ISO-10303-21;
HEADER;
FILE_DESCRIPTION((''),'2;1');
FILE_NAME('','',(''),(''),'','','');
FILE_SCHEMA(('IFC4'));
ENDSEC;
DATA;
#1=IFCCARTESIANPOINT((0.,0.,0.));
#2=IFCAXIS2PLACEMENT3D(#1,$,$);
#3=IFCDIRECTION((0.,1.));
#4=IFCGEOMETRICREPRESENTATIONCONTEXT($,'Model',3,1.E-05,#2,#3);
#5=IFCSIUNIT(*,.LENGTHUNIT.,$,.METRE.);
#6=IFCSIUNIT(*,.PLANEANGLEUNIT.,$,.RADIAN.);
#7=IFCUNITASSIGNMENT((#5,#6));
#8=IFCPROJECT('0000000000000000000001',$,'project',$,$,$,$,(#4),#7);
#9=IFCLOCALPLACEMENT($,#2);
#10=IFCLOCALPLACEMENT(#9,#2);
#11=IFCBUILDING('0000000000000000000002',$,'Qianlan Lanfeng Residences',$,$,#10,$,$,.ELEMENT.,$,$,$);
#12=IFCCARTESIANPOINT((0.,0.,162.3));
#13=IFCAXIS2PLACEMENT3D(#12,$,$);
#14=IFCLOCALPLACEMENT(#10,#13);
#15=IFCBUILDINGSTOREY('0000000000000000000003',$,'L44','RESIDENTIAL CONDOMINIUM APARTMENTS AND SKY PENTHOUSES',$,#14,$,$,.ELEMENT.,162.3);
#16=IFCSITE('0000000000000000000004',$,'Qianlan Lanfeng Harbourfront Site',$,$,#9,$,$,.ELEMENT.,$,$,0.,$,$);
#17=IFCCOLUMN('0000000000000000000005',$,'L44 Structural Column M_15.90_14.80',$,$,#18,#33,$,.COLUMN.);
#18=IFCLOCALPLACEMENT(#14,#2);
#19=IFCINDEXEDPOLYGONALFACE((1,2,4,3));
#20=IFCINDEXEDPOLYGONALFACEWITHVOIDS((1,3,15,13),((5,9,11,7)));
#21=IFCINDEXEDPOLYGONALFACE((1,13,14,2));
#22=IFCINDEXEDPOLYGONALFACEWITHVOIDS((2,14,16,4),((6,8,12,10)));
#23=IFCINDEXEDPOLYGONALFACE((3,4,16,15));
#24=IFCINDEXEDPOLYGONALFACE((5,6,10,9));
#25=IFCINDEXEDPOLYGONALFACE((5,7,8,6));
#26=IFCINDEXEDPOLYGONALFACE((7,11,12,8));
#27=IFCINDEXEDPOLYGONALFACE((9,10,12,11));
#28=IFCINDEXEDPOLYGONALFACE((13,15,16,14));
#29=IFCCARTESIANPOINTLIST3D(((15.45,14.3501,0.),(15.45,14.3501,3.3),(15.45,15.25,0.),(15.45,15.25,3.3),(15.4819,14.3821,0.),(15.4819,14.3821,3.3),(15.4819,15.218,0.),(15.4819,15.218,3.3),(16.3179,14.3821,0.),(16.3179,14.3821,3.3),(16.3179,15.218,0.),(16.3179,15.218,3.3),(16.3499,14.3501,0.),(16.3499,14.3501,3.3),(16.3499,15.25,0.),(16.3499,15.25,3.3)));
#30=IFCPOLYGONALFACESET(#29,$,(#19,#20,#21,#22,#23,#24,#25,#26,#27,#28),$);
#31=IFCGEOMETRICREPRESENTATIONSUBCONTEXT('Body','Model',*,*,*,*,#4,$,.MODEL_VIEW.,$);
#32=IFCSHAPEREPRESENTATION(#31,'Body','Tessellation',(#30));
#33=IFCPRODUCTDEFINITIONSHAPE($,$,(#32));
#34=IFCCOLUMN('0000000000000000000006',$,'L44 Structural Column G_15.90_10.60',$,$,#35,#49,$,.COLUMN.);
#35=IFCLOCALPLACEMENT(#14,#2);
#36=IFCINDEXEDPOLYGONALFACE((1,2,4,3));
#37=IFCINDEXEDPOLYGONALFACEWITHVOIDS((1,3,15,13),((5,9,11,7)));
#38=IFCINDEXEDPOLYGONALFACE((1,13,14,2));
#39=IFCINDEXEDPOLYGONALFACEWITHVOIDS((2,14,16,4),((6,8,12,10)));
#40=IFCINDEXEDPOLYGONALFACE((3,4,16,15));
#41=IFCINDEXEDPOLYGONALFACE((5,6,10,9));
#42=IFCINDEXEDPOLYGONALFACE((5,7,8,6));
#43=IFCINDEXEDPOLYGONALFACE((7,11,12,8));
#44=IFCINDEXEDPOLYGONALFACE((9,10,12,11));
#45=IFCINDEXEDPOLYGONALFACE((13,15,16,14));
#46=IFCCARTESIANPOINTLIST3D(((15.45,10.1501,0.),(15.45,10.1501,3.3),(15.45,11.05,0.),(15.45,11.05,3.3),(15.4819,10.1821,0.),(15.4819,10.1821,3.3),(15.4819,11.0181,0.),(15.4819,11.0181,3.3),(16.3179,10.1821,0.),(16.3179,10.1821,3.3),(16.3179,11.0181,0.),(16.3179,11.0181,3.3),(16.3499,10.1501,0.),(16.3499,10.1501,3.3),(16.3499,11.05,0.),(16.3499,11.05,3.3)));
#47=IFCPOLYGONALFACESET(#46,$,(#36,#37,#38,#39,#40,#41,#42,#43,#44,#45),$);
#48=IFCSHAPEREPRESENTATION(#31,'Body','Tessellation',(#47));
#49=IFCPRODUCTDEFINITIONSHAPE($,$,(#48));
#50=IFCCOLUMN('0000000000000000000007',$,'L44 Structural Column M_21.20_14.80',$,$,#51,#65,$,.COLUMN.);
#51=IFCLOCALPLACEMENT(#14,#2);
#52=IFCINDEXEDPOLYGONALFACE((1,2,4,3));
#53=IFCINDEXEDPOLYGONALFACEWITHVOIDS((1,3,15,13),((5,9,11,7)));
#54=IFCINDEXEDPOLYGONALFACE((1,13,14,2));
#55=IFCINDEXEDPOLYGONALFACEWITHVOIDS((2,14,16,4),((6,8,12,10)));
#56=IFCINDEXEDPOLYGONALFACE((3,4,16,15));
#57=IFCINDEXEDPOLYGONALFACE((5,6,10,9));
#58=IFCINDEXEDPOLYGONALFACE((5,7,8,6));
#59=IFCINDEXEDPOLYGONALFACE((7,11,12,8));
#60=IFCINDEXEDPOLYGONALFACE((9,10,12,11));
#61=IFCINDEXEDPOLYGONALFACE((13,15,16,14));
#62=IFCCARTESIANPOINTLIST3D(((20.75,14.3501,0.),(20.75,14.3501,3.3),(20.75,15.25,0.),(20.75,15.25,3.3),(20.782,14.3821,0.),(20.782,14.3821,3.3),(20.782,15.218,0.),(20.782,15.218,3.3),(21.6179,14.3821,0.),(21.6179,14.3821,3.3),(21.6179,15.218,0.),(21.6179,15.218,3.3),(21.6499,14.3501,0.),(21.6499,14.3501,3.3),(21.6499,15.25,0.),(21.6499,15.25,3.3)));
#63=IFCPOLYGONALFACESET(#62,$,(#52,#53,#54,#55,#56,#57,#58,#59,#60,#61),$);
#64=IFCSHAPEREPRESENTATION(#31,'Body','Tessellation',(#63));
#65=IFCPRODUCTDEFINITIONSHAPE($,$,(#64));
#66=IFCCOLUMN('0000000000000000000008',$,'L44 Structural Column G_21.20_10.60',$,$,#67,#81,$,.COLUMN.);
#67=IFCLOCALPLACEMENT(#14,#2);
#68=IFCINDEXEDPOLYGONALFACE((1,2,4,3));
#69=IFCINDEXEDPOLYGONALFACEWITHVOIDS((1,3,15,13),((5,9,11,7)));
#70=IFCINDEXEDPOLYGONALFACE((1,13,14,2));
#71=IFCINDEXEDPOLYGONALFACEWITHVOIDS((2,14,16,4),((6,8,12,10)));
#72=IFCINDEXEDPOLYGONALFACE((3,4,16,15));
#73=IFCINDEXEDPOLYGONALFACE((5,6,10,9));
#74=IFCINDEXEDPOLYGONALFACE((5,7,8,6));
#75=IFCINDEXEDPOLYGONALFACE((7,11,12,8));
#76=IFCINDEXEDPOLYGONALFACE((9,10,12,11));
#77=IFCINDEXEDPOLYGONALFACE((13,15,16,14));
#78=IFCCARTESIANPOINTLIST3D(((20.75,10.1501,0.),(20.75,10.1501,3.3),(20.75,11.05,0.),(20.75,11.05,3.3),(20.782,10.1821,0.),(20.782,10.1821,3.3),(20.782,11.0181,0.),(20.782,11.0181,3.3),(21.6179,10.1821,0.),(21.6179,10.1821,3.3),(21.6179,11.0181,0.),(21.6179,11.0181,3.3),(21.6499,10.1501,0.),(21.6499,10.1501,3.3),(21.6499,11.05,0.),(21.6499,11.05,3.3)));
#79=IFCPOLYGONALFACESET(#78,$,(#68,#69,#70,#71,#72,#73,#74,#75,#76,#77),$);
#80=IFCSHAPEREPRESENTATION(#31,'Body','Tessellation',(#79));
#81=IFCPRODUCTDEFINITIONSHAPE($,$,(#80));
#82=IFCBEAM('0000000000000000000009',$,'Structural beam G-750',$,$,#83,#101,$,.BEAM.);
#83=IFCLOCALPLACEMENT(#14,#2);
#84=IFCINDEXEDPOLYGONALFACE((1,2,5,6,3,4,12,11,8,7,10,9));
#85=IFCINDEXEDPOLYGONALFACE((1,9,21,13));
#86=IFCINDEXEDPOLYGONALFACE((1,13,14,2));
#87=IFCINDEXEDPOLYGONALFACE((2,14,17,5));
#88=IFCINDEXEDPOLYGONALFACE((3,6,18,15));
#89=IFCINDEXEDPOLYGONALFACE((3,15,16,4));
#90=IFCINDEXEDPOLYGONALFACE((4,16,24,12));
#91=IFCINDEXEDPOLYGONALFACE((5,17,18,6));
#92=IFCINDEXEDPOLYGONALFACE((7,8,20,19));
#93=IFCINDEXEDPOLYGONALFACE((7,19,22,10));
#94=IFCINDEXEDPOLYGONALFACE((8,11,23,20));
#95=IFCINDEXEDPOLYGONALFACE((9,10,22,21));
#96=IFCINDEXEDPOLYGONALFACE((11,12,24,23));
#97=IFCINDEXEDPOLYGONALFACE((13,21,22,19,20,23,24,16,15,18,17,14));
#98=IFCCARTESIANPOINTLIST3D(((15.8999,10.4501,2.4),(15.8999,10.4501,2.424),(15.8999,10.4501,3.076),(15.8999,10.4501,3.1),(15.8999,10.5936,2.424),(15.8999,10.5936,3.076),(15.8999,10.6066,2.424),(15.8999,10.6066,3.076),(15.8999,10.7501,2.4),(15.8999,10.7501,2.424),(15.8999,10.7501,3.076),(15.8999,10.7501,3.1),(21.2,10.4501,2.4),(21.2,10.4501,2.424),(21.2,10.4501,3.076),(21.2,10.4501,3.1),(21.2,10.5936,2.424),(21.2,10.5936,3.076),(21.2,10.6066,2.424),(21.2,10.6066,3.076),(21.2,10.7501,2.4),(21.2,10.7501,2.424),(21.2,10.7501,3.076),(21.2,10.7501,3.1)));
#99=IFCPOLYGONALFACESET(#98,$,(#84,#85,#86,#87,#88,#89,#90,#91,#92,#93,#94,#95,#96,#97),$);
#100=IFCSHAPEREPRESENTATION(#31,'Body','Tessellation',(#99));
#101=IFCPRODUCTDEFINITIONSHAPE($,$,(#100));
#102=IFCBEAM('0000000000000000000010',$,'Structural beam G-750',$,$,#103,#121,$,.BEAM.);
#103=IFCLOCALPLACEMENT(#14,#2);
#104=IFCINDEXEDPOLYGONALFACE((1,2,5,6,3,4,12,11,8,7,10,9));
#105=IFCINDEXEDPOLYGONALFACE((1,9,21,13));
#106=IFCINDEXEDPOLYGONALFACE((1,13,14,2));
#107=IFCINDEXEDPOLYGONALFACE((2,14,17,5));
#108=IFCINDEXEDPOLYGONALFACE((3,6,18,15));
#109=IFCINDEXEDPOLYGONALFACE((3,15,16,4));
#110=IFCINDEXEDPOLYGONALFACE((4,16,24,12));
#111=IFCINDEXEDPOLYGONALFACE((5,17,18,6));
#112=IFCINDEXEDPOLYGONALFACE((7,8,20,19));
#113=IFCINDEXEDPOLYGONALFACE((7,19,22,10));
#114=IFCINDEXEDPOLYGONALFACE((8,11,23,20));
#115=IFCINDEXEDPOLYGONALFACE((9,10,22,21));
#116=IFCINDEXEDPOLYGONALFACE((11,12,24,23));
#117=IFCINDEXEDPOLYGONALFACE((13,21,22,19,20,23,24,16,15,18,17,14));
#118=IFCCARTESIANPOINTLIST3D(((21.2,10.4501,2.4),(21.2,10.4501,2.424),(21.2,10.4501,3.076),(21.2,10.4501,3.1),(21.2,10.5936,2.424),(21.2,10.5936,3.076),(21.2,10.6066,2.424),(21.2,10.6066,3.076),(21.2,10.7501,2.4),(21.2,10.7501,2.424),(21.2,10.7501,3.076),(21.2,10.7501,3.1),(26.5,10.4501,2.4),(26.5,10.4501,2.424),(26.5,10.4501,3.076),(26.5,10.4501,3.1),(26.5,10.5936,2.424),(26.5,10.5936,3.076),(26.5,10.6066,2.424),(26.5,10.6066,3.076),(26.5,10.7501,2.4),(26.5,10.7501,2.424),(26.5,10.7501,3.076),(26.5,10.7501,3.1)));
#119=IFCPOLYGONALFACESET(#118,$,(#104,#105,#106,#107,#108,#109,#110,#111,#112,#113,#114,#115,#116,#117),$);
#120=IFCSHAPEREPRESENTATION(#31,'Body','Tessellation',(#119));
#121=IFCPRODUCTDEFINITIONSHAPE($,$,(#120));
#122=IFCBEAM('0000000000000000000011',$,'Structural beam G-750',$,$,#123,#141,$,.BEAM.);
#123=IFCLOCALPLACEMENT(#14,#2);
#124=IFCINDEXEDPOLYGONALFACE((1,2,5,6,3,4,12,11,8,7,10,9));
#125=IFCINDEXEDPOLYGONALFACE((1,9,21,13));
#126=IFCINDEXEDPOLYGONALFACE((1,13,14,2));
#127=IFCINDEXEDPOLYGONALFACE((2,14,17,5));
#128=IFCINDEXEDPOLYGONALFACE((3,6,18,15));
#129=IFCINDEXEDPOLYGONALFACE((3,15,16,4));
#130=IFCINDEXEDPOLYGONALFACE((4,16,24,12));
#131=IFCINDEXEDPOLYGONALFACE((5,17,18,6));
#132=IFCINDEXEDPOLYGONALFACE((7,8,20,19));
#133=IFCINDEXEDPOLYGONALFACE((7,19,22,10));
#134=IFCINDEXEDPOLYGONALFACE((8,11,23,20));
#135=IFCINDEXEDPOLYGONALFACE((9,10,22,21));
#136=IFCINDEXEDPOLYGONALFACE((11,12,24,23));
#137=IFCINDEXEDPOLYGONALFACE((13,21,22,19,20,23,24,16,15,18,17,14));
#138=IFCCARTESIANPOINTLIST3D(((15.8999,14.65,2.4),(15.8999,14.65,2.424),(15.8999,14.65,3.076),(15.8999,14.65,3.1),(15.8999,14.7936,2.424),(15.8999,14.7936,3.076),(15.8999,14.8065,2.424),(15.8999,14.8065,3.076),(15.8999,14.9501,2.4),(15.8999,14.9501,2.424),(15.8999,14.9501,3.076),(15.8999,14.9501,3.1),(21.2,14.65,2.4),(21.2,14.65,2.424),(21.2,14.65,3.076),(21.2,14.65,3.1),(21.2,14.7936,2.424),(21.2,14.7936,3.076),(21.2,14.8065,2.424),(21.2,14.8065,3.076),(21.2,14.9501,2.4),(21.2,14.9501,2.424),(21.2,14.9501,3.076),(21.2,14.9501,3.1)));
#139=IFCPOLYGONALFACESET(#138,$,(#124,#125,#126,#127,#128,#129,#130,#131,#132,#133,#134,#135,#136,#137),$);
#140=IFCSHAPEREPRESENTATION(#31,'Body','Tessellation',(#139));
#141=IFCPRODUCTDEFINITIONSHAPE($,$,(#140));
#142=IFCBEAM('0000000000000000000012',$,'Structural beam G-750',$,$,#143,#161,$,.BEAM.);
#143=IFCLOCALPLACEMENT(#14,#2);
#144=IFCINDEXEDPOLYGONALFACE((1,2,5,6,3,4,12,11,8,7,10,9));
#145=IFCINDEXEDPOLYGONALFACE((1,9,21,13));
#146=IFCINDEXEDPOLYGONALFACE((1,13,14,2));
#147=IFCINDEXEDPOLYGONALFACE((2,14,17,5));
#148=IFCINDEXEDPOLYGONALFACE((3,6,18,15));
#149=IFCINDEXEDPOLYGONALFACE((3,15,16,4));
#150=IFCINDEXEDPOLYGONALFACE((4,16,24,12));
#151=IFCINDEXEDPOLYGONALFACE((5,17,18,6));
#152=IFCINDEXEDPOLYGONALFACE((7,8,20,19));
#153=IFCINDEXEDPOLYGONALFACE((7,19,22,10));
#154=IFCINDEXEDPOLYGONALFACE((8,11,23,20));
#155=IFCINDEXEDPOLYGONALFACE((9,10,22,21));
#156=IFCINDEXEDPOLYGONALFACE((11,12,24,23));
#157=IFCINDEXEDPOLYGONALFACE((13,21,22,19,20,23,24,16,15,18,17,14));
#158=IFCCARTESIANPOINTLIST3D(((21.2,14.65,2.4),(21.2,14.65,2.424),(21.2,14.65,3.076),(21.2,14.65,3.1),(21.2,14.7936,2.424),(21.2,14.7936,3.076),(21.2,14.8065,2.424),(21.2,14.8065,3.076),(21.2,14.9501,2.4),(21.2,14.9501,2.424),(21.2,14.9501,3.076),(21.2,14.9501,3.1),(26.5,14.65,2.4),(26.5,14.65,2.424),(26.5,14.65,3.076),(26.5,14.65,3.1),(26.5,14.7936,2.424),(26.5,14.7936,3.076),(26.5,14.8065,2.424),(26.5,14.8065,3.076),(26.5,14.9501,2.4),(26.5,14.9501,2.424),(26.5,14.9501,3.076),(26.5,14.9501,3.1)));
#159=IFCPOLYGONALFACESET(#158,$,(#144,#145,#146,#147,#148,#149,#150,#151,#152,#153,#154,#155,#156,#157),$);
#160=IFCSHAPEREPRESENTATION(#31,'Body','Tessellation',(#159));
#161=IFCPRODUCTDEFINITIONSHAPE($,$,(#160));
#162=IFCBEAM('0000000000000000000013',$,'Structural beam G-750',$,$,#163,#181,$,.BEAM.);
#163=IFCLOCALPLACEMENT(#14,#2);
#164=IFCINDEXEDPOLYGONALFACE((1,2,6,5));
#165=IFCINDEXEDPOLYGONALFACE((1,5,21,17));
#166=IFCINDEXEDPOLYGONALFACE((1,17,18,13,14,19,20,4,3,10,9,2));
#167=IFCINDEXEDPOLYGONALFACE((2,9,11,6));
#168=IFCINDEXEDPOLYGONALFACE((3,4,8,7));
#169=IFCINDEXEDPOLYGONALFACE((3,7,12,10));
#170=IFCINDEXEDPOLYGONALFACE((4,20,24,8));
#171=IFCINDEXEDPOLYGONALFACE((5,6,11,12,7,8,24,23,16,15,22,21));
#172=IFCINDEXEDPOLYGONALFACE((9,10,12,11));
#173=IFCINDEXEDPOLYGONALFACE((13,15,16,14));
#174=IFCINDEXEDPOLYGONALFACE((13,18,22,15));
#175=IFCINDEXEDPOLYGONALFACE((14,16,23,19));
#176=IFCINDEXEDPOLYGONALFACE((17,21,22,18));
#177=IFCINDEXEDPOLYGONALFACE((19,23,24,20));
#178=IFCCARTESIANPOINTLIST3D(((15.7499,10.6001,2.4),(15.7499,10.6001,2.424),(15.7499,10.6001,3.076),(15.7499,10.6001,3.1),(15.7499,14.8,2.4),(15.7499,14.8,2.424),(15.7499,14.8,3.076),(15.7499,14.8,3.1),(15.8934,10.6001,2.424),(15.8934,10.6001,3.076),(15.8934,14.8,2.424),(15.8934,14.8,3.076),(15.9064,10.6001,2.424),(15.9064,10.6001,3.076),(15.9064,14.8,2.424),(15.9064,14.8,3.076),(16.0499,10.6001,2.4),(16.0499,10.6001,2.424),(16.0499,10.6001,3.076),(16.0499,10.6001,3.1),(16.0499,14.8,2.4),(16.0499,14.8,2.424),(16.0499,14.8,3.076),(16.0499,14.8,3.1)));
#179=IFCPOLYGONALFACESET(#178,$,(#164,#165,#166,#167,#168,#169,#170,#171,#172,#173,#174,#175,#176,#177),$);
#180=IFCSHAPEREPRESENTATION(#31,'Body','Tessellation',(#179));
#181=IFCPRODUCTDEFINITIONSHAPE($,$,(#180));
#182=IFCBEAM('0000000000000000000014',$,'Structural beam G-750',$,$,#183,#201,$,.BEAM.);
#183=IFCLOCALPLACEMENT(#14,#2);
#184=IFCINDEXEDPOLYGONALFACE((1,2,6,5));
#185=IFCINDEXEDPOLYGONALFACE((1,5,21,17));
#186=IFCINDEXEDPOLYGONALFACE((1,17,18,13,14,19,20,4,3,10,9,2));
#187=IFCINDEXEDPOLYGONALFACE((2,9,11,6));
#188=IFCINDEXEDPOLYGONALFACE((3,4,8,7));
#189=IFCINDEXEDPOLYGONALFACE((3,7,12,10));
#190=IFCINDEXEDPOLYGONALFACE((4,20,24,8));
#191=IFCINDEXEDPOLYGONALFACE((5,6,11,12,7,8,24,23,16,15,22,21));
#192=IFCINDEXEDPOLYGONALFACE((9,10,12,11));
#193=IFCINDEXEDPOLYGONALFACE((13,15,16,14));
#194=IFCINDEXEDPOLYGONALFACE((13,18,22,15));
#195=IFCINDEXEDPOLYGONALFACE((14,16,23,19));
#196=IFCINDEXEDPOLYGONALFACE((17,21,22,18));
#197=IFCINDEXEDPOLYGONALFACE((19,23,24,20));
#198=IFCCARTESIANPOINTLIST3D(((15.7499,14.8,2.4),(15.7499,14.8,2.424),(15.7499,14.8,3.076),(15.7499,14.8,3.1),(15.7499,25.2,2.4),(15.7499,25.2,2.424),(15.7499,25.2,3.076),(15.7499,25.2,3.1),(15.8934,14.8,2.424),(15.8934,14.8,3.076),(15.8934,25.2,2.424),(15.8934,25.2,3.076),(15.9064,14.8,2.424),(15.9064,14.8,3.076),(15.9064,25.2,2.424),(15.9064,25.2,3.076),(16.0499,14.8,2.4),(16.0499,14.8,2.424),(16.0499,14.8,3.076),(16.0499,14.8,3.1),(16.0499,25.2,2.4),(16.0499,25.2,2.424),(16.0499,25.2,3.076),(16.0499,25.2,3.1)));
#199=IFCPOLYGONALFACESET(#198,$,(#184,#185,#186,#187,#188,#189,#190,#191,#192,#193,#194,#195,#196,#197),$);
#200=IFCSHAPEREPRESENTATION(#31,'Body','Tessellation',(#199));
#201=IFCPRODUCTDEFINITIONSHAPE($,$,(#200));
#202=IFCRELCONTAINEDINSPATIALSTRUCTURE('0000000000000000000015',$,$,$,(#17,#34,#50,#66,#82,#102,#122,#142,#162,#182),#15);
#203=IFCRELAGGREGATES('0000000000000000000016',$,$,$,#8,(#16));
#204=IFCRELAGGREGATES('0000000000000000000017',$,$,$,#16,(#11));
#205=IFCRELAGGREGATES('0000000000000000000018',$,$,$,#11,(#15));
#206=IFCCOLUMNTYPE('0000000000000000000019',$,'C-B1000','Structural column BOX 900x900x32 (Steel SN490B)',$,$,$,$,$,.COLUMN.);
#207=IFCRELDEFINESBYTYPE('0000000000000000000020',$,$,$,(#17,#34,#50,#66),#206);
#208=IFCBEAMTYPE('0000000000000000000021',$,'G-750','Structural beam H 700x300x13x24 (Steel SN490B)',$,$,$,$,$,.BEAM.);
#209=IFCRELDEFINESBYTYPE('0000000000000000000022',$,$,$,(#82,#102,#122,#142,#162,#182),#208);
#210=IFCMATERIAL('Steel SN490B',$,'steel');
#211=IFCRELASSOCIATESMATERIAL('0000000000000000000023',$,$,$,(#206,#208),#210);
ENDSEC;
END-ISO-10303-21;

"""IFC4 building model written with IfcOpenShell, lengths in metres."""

from ifc_helpers import new_model, si_unit, direction, frame, origin, origin_2d, place, context, subcontext, project, spatial, hollow_rectangle, i_section, extrude, material, material_profile, profile_set, type_object, element, save


model = new_model("IFC4")

# Units and contexts
model_context = context("Model", 3, precision=1e-05, world=origin(), true_north=direction((0.0, 1.0)))
body_context = subcontext(model_context, "Body", "Model", "MODEL_VIEW")
ifc_project = project(units=[si_unit("LENGTHUNIT", "METRE"), si_unit("PLANEANGLEUNIT", "RADIAN")], contexts=[model_context])

# Site, building, storey
site_placement = place(None, origin())
site = spatial("IfcSite", under=ifc_project, at=site_placement, Name="Qianlan Lanfeng Harbourfront Site", CompositionType="ELEMENT", RefElevation=0.0)
building_placement = place(site_placement, origin())
building = spatial("IfcBuilding", under=site, at=building_placement, Name="Qianlan Lanfeng Residences", CompositionType="ELEMENT")
storey_placement = place(building_placement, frame((0.0, 0.0, 162.3)))
storey = spatial("IfcBuildingStorey", under=building, at=storey_placement, Name="L44", Description="RESIDENTIAL CONDOMINIUM APARTMENTS AND SKY PENTHOUSES", CompositionType="ELEMENT", Elevation=162.3)

# Columns
ifc_material_1 = material(Name="Steel SN490B", Category="steel")
ifc_material_profile_1 = material_profile(ifc_material_1, hollow_rectangle(XDim=0.8999, YDim=0.8999, WallThickness=0.032, at=origin_2d()), Name="BOX 900x900x32")
ifc_profile_set_1 = profile_set([ifc_material_profile_1], Name="Steel SN490B")
column_type = type_object("IfcColumnType", Name="C-B1000", Description="Structural column BOX 900x900x32 (Steel SN490B)", PredefinedType="COLUMN", material=ifc_profile_set_1)
for number, where, z_axis, x_axis, name in (
    (1, (15.8999, 14.8, 0.0), (0.0, 0.0, 1.0), (1.0, 0.0, 0.0), "L44 Structural Column M_15.90_14.80"),
    (2, (15.8999, 10.6001, 0.0), (0.0, 0.0, 1.0), (1.0, 0.0, 0.0), "L44 Structural Column G_15.90_10.60"),
    (3, (21.2, 14.8, 0.0), (0.0, 0.0, 1.0), (1.0, 0.0, 0.0), "L44 Structural Column M_21.20_14.80"),
    (4, (21.2, 10.6001, 0.0), (0.0, 0.0, 1.0), (1.0, 0.0, 0.0), "L44 Structural Column G_21.20_10.60"),
):
    element("IfcColumn", number, at=place(storey_placement, frame(where, z_axis=z_axis, x_axis=x_axis)), inside=storey, type_object=column_type, Name=name, PredefinedType="COLUMN", context=body_context, shape_type="SweptSolid", body=[
        extrude(hollow_rectangle(XDim=0.8999, YDim=0.8999, WallThickness=0.032, at=origin_2d()), origin(), (0.0, 0.0, 1.0), 3.3),
    ])

# Beams
ifc_material_profile_2 = material_profile(ifc_material_1, i_section(OverallWidth=0.3, OverallDepth=0.7, WebThickness=0.0129, FlangeThickness=0.0239, at=origin_2d()), Name="H 700x300x13x24")
ifc_profile_set_2 = profile_set([ifc_material_profile_2], Name="Steel SN490B")
beam_type_1 = type_object("IfcBeamType", Name="G-750", Description="Structural beam H 700x300x13x24 (Steel SN490B)", PredefinedType="BEAM", material=ifc_profile_set_2)
for number, where, z_axis, x_axis, name in (
    (5, (15.8999, 10.6001, 2.75), (1.0, 0.0, 0.0), (0.0, 1.0, 0.0), "Structural beam G-750"),
    (6, (21.2, 10.6001, 2.75), (1.0, 0.0, 0.0), (0.0, 1.0, 0.0), "Structural beam G-750"),
    (7, (15.8999, 14.8, 2.75), (1.0, 0.0, 0.0), (0.0, 1.0, 0.0), "Structural beam G-750"),
    (8, (21.2, 14.8, 2.75), (1.0, 0.0, 0.0), (0.0, 1.0, 0.0), "Structural beam G-750"),
):
    element("IfcBeam", number, at=place(storey_placement, frame(where, z_axis=z_axis, x_axis=x_axis)), inside=storey, type_object=beam_type_1, Name=name, PredefinedType="BEAM", context=body_context, shape_type="SweptSolid", body=[
        extrude(i_section(OverallWidth=0.3, OverallDepth=0.7, WebThickness=0.0129, FlangeThickness=0.0239, at=origin_2d()), origin(), (0.0, 0.0, 1.0), 5.3),
    ])
beam_1_placement = place(storey_placement, frame((15.8999, 10.6001, 2.75), z_axis=(0.0, 1.0, 0.0), x_axis=(-1.0, 0.0, 0.0)))
element("IfcBeam", 9, at=beam_1_placement, inside=storey, type_object=beam_type_1, Name="Structural beam G-750", PredefinedType="BEAM", context=body_context, shape_type="SweptSolid", body=[
    extrude(i_section(OverallWidth=0.3, OverallDepth=0.7, WebThickness=0.0129, FlangeThickness=0.0239, at=origin_2d()), origin(), (0.0, 0.0, 1.0), 4.2),
])
beam_2_placement = place(storey_placement, frame((15.8999, 14.8, 2.75), z_axis=(0.0, 1.0, 0.0), x_axis=(-1.0, 0.0, 0.0)))
element("IfcBeam", 10, at=beam_2_placement, inside=storey, type_object=beam_type_1, Name="Structural beam G-750", PredefinedType="BEAM", context=body_context, shape_type="SweptSolid", body=[
    extrude(i_section(OverallWidth=0.3, OverallDepth=0.7, WebThickness=0.0129, FlangeThickness=0.0239, at=origin_2d()), origin(), (0.0, 0.0, 1.0), 10.3999),
])

save(model, "model.ifc")
